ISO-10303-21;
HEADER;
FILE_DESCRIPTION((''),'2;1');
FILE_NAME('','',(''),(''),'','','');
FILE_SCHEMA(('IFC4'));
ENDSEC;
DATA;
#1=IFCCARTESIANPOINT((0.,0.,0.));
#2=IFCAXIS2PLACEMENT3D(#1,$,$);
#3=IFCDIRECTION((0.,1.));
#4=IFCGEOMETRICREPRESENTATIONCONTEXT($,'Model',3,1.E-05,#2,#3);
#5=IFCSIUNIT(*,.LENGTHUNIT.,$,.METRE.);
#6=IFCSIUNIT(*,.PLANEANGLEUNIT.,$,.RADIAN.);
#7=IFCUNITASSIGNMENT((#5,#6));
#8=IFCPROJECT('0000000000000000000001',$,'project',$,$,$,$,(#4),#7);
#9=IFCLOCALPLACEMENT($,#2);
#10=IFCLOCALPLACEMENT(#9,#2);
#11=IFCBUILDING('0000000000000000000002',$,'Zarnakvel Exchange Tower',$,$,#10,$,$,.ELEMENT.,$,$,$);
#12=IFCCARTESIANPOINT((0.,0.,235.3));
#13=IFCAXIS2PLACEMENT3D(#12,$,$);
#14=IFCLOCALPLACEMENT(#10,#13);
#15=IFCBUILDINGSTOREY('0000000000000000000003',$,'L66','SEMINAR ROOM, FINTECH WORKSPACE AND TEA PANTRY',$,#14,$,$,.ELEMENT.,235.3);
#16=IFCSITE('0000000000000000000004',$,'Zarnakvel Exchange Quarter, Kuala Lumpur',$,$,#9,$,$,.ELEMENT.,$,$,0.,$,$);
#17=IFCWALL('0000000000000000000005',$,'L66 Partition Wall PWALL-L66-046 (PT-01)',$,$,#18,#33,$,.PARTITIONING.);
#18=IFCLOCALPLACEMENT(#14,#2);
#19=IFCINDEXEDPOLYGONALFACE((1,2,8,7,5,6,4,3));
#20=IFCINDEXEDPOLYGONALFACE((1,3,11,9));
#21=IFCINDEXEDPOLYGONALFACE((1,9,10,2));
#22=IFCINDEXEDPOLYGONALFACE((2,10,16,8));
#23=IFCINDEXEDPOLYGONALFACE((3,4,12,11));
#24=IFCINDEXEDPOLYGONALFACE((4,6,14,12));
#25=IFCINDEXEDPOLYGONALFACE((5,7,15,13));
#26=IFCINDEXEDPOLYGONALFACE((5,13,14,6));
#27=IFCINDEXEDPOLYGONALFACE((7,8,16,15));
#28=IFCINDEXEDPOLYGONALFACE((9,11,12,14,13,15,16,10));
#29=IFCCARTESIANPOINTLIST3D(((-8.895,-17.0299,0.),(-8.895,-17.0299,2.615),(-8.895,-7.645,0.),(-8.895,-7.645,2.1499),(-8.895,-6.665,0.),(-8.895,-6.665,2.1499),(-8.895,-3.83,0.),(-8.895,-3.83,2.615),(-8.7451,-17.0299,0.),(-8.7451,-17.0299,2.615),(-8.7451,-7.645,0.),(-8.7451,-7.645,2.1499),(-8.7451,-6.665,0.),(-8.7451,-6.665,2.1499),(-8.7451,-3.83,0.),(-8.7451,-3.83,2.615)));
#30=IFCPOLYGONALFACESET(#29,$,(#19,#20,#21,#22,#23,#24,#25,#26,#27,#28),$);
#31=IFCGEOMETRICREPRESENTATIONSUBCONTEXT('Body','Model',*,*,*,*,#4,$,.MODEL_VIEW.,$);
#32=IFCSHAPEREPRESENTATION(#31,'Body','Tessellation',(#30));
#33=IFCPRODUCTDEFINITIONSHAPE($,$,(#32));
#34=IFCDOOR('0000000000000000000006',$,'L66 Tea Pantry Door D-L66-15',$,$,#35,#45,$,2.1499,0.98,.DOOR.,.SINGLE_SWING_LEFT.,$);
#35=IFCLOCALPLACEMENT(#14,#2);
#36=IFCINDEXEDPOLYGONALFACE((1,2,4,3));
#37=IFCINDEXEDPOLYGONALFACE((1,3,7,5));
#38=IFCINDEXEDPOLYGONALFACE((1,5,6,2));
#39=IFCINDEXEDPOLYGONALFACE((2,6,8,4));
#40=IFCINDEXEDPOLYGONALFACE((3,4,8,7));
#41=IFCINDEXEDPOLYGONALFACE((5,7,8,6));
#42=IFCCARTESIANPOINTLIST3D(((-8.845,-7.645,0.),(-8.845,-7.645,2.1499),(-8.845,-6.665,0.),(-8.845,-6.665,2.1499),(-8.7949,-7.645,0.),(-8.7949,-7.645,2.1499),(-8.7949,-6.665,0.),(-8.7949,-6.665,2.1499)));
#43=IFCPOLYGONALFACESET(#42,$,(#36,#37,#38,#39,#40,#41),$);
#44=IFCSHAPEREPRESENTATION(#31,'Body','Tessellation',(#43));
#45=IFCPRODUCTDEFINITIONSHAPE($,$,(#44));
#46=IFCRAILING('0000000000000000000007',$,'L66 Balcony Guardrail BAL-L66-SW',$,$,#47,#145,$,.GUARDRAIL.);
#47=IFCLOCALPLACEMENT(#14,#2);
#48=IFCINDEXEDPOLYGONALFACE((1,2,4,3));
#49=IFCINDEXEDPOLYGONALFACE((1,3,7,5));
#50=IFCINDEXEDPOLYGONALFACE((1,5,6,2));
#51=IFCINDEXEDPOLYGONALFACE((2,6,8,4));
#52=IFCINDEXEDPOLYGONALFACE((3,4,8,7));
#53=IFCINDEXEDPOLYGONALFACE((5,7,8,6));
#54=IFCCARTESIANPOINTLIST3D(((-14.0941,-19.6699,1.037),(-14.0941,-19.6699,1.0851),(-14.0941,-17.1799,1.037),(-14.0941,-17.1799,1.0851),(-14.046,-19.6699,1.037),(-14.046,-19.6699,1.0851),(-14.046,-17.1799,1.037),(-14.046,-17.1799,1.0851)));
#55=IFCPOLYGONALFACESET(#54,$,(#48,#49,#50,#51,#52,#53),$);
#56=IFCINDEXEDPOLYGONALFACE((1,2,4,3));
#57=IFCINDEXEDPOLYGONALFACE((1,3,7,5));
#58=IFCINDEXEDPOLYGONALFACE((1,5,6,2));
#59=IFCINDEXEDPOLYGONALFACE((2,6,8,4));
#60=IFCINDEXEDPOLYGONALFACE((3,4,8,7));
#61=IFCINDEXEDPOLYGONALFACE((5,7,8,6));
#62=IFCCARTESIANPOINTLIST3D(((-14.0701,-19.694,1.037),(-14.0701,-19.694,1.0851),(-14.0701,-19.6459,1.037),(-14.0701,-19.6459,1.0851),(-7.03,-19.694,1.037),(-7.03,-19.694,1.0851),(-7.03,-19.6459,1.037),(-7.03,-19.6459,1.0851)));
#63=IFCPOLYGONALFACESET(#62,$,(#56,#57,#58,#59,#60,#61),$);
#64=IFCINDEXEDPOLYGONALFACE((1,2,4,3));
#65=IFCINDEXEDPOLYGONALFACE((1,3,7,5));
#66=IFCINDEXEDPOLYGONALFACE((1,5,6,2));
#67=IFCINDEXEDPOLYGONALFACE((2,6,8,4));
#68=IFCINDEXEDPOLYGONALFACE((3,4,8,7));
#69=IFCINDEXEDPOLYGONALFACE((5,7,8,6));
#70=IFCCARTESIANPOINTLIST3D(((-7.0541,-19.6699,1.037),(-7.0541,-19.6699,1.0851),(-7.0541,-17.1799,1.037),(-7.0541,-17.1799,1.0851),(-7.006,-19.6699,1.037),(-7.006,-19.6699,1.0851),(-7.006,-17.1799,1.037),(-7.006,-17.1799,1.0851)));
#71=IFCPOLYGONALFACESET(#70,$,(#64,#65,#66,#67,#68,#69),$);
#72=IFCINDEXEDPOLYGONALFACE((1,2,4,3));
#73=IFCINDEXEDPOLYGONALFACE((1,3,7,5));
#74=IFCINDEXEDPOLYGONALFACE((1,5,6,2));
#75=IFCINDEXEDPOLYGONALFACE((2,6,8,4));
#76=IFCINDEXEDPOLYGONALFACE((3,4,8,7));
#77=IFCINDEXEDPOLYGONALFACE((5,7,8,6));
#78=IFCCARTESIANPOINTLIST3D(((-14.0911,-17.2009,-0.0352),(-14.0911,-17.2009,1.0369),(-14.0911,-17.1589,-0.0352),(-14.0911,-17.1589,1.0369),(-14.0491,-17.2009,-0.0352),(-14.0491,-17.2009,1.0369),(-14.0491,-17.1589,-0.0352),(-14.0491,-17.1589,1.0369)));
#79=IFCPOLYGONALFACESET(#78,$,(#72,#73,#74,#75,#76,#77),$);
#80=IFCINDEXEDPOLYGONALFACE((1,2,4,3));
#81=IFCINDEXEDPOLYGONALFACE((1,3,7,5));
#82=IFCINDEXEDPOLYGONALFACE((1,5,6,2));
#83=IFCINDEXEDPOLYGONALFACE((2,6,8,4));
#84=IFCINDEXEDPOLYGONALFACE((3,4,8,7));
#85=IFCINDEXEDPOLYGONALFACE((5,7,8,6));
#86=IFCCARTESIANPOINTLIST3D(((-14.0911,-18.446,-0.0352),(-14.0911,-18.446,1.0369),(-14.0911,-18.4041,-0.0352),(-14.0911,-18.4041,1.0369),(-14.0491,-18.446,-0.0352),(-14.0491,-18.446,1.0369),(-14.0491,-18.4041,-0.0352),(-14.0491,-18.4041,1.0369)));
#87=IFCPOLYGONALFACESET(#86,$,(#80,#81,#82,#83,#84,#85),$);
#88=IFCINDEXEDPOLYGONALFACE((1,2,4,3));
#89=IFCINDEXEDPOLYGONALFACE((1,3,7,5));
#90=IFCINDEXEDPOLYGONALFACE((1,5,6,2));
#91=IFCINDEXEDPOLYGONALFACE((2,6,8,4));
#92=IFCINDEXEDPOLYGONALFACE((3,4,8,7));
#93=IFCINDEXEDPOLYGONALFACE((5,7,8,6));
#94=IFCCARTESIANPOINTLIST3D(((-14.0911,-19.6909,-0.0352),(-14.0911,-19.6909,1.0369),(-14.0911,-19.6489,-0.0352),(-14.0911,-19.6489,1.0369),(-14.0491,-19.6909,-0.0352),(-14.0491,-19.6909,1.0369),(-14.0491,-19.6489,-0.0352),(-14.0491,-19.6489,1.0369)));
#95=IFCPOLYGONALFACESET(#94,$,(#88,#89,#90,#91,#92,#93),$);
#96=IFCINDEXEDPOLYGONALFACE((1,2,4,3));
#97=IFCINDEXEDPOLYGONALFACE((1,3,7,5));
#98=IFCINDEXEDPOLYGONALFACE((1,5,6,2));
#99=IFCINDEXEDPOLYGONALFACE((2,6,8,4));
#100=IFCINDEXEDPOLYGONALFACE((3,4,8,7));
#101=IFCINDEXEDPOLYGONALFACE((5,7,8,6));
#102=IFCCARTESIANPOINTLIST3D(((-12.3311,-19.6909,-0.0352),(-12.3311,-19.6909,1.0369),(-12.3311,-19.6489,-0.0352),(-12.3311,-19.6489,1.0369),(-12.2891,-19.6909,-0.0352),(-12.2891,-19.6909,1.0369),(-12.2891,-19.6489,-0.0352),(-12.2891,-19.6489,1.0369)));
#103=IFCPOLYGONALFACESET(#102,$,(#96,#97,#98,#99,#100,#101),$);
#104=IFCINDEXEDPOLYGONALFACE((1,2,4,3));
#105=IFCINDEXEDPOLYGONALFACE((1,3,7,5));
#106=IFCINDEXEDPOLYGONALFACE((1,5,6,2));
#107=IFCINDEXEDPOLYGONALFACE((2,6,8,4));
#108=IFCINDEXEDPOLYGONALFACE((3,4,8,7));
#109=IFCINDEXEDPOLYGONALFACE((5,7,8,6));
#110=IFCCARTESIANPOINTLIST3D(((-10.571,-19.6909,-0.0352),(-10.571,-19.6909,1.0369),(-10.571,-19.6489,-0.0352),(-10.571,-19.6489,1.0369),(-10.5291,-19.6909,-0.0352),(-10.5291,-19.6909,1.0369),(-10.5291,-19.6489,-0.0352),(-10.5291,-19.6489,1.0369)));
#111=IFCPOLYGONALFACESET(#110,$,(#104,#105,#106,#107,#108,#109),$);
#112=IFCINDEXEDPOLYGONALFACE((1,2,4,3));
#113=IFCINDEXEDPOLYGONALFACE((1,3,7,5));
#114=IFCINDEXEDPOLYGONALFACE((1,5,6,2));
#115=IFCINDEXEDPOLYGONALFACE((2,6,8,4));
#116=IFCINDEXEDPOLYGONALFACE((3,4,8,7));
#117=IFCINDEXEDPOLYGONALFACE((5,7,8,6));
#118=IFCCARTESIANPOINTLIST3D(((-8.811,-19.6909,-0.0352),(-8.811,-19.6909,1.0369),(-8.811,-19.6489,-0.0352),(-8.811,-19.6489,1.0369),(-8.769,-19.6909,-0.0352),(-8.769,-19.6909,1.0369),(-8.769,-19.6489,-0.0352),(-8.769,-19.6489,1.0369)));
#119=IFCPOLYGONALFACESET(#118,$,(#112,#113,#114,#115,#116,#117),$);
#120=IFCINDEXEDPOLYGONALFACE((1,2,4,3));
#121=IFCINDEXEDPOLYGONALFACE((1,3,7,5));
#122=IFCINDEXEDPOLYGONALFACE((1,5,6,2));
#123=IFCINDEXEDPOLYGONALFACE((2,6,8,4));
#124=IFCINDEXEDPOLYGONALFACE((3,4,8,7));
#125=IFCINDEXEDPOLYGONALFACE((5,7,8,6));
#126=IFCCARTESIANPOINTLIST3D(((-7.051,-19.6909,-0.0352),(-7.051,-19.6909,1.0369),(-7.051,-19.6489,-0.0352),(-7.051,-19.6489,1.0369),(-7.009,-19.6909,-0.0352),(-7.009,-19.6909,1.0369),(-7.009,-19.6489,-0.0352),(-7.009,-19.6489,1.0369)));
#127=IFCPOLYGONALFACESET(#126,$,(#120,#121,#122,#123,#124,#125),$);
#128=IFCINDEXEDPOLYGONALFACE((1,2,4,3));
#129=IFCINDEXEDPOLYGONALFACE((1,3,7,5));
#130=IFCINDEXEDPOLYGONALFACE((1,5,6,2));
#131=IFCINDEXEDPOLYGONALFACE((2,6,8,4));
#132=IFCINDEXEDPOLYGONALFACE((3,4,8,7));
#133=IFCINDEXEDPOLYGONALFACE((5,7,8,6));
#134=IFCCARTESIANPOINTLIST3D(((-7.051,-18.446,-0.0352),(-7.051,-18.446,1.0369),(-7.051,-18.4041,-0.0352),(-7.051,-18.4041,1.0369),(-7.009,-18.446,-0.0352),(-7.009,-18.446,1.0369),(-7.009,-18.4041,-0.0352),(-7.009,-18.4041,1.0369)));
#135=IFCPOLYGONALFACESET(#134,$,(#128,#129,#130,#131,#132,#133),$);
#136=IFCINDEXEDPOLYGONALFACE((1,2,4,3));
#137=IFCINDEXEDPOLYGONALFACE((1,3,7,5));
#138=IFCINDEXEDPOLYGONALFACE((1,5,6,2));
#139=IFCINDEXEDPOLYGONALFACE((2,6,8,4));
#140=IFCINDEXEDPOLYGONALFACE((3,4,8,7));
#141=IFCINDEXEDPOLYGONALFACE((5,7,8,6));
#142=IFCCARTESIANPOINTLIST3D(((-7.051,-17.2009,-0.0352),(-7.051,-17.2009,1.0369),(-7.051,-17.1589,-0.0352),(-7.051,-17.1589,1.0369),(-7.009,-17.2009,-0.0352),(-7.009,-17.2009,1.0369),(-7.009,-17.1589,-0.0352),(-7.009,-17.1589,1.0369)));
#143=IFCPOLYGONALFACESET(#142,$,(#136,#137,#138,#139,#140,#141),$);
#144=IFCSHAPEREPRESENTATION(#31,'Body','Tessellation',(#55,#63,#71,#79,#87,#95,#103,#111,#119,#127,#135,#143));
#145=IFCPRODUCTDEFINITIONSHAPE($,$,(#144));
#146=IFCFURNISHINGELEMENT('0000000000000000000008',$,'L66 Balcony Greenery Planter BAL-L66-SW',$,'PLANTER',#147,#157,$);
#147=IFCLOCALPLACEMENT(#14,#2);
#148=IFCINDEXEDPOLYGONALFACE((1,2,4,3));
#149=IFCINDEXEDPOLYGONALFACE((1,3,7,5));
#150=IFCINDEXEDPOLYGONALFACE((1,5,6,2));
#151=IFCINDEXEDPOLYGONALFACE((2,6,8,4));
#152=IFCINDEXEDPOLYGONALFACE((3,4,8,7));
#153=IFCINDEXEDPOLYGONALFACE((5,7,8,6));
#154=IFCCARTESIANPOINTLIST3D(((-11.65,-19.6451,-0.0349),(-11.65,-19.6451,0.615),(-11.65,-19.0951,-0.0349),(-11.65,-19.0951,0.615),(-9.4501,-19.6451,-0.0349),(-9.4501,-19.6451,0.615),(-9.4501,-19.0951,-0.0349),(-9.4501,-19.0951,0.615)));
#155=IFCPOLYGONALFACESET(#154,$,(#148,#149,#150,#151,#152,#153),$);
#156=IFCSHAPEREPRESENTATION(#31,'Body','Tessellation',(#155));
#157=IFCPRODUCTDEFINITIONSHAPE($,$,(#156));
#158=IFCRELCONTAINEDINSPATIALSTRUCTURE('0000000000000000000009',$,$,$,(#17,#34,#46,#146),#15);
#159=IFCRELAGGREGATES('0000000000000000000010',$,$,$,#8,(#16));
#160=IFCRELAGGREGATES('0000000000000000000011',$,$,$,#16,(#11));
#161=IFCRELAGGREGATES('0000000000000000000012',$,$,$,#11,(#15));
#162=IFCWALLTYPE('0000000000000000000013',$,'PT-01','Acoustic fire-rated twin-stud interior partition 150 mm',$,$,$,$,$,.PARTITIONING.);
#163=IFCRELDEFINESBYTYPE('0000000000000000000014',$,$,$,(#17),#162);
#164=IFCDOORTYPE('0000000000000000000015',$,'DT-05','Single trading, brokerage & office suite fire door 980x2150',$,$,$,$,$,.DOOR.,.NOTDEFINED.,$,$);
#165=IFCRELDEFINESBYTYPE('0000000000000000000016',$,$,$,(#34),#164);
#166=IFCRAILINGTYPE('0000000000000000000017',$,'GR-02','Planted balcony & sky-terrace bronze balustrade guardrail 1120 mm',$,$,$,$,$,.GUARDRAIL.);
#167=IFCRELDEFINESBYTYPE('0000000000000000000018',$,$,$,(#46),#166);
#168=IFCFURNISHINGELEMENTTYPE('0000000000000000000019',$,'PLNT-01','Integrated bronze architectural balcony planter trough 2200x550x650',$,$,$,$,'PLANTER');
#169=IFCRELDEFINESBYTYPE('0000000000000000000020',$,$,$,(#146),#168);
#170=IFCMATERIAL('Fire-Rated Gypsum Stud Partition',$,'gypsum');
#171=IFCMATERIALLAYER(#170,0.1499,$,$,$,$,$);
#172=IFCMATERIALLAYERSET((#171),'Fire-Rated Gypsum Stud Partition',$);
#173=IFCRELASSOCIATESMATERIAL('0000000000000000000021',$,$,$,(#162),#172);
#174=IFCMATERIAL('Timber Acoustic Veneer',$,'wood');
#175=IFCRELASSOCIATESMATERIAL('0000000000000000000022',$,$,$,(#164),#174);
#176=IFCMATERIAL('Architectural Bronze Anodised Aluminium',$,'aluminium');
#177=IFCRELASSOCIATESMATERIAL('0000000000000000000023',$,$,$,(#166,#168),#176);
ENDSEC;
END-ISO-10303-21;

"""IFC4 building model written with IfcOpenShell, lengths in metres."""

from ifc_helpers import new_model, si_unit, direction, frame, frame_2d, origin, origin_2d, place, context, subcontext, project, spatial, rectangle, extrude, source, transform, mapped, material, layer, layer_set, type_object, element, fill, save


model = new_model("IFC4")

# Units and contexts
model_context = context("Model", 3, precision=1e-05, world=origin(), true_north=direction((0.0, 1.0)))
body_context = subcontext(model_context, "Body", "Model", "MODEL_VIEW")
ifc_project = project(units=[si_unit("LENGTHUNIT", "METRE"), si_unit("PLANEANGLEUNIT", "RADIAN")], contexts=[model_context])

# Site, building, storey
site_placement = place(None, origin())
site = spatial("IfcSite", under=ifc_project, at=site_placement, Name="Zarnakvel Exchange Quarter, Kuala Lumpur", CompositionType="ELEMENT", RefElevation=0.0)
building_placement = place(site_placement, origin())
building = spatial("IfcBuilding", under=site, at=building_placement, Name="Zarnakvel Exchange Tower", CompositionType="ELEMENT")
storey_placement = place(building_placement, frame((0.0, 0.0, 235.3)))
storey = spatial("IfcBuildingStorey", under=building, at=storey_placement, Name="L66", Description="SEMINAR ROOM, FINTECH WORKSPACE AND TEA PANTRY", CompositionType="ELEMENT", Elevation=235.3)

# Shared definitions
ifc_material_1 = material(Name="Architectural Bronze Anodised Aluminium", Category="aluminium")

# Wall, opening, door
ifc_material_2 = material(Name="Fire-Rated Gypsum Stud Partition", Category="gypsum")
ifc_layer_1 = layer(ifc_material_2, 0.1499)
ifc_layer_set_1 = layer_set([ifc_layer_1], Name="Fire-Rated Gypsum Stud Partition")
wall_type_1 = type_object("IfcWallType", Name="PT-01", Description="Acoustic fire-rated twin-stud interior partition 150 mm", PredefinedType="PARTITIONING", material=ifc_layer_set_1)
wall_1_placement = place(storey_placement, frame((-8.8201, -17.03, 0.0), z_axis=(0.0, 0.0, 1.0), x_axis=(0.0, 1.0, 0.0)))
wall_1 = element("IfcWall", 1, at=wall_1_placement, inside=storey, type_object=wall_type_1, Name="L66 Partition Wall PWALL-L66-046 (PT-01)", PredefinedType="PARTITIONING", context=body_context, shape_type="SweptSolid", body=[
    extrude(rectangle(XDim=13.2, YDim=0.1499, at=frame_2d((6.6001, 0.0))), origin(), (0.0, 0.0, 1.0), 2.615),
])
opening_1_placement = place(wall_1_placement, frame((9.385, 0.0, 0.0)))
opening_1 = element("IfcOpeningElement", 2, at=opening_1_placement, cuts=wall_1, PredefinedType="OPENING", context=body_context, shape_type="SweptSolid", body=[
    extrude(rectangle(XDim=0.98, YDim=2.1499, at=frame_2d((0.49, 1.075))), frame((0.0, 0.085, 0.0), z_axis=(0.0, -1.0, 0.0), x_axis=(1.0, 0.0, 0.0)), (0.0, 0.0, 1.0), 0.1699),
])
ifc_material_3 = material(Name="Timber Acoustic Veneer", Category="wood")
door_type_1 = type_object("IfcDoorType", Name="DT-05", Description="Single trading, brokerage & office suite fire door 980x2150", OperationType="NOTDEFINED", PredefinedType="DOOR", material=ifc_material_3)
shared_shape_1 = source(origin(), body_context, "Body", "SweptSolid", [
    extrude(rectangle(XDim=0.98, YDim=2.1499, at=frame_2d((0.49, 1.075))), frame((0.0, 0.0249, 0.0), z_axis=(0.0, -1.0, 0.0), x_axis=(1.0, 0.0, 0.0)), (0.0, 0.0, 1.0), 0.05),
])
door_1_placement = place(opening_1_placement, origin())
door_1 = element("IfcDoor", 3, at=door_1_placement, inside=storey, type_object=door_type_1, Name="L66 Tea Pantry Door D-L66-15", OperationType="SINGLE_SWING_LEFT", OverallHeight=2.1499, OverallWidth=0.98, PredefinedType="DOOR", context=body_context, shape_type="MappedRepresentation", body=[
    mapped(shared_shape_1, transform((0.0, 0.0, 0.0), x_axis=(1.0, 0.0, 0.0), y_axis=(0.0, 1.0, 0.0), z_axis=(0.0, 0.0, 1.0), scale=1.0)),
])
fill(opening_1, door_1)

# Railing
railing_type = type_object("IfcRailingType", Name="GR-02", Description="Planted balcony & sky-terrace bronze balustrade guardrail 1120 mm", PredefinedType="GUARDRAIL", material=ifc_material_1)
railing_placement = place(storey_placement, frame((-14.0701, -17.1799, -0.0352)))
element("IfcRailing", 4, at=railing_placement, inside=storey, type_object=railing_type, Name="L66 Balcony Guardrail BAL-L66-SW", PredefinedType="GUARDRAIL", context=body_context, shape_type="SweptSolid", body=[
    extrude(rectangle(XDim=0.0481, YDim=0.0481, at=origin_2d()), frame((0.0, 0.0, 1.0962), z_axis=(0.0, -1.0, 0.0), x_axis=(1.0, 0.0, 0.0)), (0.0, 0.0, 1.0), 2.49),
    extrude(rectangle(XDim=0.0481, YDim=0.0481, at=origin_2d()), frame((0.0, -2.49, 1.0962), z_axis=(1.0, 0.0, 0.0), x_axis=(0.0, 1.0, 0.0)), (0.0, 0.0, 1.0), 7.04),
    extrude(rectangle(XDim=0.0481, YDim=0.0481, at=origin_2d()), frame((7.04, -2.49, 1.0962), z_axis=(0.0, 1.0, 0.0), x_axis=(-1.0, 0.0, 0.0)), (0.0, 0.0, 1.0), 2.49),
    extrude(rectangle(XDim=0.042, YDim=0.042, at=origin_2d()), origin(), (0.0, 0.0, 1.0), 1.072),
    extrude(rectangle(XDim=0.042, YDim=0.042, at=origin_2d()), frame((0.0, -1.2451, 0.0)), (0.0, 0.0, 1.0), 1.072),
    extrude(rectangle(XDim=0.042, YDim=0.042, at=origin_2d()), frame((0.0, -2.49, 0.0)), (0.0, 0.0, 1.0), 1.072),
    extrude(rectangle(XDim=0.042, YDim=0.042, at=origin_2d()), frame((1.76, -2.49, 0.0)), (0.0, 0.0, 1.0), 1.072),
    extrude(rectangle(XDim=0.042, YDim=0.042, at=origin_2d()), frame((3.52, -2.49, 0.0)), (0.0, 0.0, 1.0), 1.072),
    extrude(rectangle(XDim=0.042, YDim=0.042, at=origin_2d()), frame((5.28, -2.49, 0.0)), (0.0, 0.0, 1.0), 1.072),
    extrude(rectangle(XDim=0.042, YDim=0.042, at=origin_2d()), frame((7.04, -2.49, 0.0)), (0.0, 0.0, 1.0), 1.072),
    extrude(rectangle(XDim=0.042, YDim=0.042, at=origin_2d()), frame((7.04, -1.2451, 0.0)), (0.0, 0.0, 1.0), 1.072),
    extrude(rectangle(XDim=0.042, YDim=0.042, at=origin_2d()), frame((7.04, 0.0, 0.0)), (0.0, 0.0, 1.0), 1.072),
])

# Furnishing element
furnishing_element_type = type_object("IfcFurnishingElementType", Name="PLNT-01", Description="Integrated bronze architectural balcony planter trough 2200x550x650", ElementType="PLANTER", material=ifc_material_1)
shared_shape_2 = source(origin(), body_context, "Body", "SweptSolid", [
    extrude(rectangle(XDim=2.2, YDim=0.55, at=origin_2d()), origin(), (0.0, 0.0, 1.0), 0.6499),
])
furnishing_placement = place(storey_placement, frame((-10.55, -19.3701, -0.0349), z_axis=(0.0, 0.0, 1.0), x_axis=(1.0, 0.0, 0.0)))
element("IfcFurnishingElement", 5, at=furnishing_placement, inside=storey, type_object=furnishing_element_type, Name="L66 Balcony Greenery Planter BAL-L66-SW", ObjectType="PLANTER", context=body_context, shape_type="MappedRepresentation", body=[
    mapped(shared_shape_2, transform((0.0, 0.0, 0.0), x_axis=(1.0, 0.0, 0.0), y_axis=(0.0, 1.0, 0.0), z_axis=(0.0, 0.0, 1.0), scale=1.0)),
])

save(model, "model.ifc")
